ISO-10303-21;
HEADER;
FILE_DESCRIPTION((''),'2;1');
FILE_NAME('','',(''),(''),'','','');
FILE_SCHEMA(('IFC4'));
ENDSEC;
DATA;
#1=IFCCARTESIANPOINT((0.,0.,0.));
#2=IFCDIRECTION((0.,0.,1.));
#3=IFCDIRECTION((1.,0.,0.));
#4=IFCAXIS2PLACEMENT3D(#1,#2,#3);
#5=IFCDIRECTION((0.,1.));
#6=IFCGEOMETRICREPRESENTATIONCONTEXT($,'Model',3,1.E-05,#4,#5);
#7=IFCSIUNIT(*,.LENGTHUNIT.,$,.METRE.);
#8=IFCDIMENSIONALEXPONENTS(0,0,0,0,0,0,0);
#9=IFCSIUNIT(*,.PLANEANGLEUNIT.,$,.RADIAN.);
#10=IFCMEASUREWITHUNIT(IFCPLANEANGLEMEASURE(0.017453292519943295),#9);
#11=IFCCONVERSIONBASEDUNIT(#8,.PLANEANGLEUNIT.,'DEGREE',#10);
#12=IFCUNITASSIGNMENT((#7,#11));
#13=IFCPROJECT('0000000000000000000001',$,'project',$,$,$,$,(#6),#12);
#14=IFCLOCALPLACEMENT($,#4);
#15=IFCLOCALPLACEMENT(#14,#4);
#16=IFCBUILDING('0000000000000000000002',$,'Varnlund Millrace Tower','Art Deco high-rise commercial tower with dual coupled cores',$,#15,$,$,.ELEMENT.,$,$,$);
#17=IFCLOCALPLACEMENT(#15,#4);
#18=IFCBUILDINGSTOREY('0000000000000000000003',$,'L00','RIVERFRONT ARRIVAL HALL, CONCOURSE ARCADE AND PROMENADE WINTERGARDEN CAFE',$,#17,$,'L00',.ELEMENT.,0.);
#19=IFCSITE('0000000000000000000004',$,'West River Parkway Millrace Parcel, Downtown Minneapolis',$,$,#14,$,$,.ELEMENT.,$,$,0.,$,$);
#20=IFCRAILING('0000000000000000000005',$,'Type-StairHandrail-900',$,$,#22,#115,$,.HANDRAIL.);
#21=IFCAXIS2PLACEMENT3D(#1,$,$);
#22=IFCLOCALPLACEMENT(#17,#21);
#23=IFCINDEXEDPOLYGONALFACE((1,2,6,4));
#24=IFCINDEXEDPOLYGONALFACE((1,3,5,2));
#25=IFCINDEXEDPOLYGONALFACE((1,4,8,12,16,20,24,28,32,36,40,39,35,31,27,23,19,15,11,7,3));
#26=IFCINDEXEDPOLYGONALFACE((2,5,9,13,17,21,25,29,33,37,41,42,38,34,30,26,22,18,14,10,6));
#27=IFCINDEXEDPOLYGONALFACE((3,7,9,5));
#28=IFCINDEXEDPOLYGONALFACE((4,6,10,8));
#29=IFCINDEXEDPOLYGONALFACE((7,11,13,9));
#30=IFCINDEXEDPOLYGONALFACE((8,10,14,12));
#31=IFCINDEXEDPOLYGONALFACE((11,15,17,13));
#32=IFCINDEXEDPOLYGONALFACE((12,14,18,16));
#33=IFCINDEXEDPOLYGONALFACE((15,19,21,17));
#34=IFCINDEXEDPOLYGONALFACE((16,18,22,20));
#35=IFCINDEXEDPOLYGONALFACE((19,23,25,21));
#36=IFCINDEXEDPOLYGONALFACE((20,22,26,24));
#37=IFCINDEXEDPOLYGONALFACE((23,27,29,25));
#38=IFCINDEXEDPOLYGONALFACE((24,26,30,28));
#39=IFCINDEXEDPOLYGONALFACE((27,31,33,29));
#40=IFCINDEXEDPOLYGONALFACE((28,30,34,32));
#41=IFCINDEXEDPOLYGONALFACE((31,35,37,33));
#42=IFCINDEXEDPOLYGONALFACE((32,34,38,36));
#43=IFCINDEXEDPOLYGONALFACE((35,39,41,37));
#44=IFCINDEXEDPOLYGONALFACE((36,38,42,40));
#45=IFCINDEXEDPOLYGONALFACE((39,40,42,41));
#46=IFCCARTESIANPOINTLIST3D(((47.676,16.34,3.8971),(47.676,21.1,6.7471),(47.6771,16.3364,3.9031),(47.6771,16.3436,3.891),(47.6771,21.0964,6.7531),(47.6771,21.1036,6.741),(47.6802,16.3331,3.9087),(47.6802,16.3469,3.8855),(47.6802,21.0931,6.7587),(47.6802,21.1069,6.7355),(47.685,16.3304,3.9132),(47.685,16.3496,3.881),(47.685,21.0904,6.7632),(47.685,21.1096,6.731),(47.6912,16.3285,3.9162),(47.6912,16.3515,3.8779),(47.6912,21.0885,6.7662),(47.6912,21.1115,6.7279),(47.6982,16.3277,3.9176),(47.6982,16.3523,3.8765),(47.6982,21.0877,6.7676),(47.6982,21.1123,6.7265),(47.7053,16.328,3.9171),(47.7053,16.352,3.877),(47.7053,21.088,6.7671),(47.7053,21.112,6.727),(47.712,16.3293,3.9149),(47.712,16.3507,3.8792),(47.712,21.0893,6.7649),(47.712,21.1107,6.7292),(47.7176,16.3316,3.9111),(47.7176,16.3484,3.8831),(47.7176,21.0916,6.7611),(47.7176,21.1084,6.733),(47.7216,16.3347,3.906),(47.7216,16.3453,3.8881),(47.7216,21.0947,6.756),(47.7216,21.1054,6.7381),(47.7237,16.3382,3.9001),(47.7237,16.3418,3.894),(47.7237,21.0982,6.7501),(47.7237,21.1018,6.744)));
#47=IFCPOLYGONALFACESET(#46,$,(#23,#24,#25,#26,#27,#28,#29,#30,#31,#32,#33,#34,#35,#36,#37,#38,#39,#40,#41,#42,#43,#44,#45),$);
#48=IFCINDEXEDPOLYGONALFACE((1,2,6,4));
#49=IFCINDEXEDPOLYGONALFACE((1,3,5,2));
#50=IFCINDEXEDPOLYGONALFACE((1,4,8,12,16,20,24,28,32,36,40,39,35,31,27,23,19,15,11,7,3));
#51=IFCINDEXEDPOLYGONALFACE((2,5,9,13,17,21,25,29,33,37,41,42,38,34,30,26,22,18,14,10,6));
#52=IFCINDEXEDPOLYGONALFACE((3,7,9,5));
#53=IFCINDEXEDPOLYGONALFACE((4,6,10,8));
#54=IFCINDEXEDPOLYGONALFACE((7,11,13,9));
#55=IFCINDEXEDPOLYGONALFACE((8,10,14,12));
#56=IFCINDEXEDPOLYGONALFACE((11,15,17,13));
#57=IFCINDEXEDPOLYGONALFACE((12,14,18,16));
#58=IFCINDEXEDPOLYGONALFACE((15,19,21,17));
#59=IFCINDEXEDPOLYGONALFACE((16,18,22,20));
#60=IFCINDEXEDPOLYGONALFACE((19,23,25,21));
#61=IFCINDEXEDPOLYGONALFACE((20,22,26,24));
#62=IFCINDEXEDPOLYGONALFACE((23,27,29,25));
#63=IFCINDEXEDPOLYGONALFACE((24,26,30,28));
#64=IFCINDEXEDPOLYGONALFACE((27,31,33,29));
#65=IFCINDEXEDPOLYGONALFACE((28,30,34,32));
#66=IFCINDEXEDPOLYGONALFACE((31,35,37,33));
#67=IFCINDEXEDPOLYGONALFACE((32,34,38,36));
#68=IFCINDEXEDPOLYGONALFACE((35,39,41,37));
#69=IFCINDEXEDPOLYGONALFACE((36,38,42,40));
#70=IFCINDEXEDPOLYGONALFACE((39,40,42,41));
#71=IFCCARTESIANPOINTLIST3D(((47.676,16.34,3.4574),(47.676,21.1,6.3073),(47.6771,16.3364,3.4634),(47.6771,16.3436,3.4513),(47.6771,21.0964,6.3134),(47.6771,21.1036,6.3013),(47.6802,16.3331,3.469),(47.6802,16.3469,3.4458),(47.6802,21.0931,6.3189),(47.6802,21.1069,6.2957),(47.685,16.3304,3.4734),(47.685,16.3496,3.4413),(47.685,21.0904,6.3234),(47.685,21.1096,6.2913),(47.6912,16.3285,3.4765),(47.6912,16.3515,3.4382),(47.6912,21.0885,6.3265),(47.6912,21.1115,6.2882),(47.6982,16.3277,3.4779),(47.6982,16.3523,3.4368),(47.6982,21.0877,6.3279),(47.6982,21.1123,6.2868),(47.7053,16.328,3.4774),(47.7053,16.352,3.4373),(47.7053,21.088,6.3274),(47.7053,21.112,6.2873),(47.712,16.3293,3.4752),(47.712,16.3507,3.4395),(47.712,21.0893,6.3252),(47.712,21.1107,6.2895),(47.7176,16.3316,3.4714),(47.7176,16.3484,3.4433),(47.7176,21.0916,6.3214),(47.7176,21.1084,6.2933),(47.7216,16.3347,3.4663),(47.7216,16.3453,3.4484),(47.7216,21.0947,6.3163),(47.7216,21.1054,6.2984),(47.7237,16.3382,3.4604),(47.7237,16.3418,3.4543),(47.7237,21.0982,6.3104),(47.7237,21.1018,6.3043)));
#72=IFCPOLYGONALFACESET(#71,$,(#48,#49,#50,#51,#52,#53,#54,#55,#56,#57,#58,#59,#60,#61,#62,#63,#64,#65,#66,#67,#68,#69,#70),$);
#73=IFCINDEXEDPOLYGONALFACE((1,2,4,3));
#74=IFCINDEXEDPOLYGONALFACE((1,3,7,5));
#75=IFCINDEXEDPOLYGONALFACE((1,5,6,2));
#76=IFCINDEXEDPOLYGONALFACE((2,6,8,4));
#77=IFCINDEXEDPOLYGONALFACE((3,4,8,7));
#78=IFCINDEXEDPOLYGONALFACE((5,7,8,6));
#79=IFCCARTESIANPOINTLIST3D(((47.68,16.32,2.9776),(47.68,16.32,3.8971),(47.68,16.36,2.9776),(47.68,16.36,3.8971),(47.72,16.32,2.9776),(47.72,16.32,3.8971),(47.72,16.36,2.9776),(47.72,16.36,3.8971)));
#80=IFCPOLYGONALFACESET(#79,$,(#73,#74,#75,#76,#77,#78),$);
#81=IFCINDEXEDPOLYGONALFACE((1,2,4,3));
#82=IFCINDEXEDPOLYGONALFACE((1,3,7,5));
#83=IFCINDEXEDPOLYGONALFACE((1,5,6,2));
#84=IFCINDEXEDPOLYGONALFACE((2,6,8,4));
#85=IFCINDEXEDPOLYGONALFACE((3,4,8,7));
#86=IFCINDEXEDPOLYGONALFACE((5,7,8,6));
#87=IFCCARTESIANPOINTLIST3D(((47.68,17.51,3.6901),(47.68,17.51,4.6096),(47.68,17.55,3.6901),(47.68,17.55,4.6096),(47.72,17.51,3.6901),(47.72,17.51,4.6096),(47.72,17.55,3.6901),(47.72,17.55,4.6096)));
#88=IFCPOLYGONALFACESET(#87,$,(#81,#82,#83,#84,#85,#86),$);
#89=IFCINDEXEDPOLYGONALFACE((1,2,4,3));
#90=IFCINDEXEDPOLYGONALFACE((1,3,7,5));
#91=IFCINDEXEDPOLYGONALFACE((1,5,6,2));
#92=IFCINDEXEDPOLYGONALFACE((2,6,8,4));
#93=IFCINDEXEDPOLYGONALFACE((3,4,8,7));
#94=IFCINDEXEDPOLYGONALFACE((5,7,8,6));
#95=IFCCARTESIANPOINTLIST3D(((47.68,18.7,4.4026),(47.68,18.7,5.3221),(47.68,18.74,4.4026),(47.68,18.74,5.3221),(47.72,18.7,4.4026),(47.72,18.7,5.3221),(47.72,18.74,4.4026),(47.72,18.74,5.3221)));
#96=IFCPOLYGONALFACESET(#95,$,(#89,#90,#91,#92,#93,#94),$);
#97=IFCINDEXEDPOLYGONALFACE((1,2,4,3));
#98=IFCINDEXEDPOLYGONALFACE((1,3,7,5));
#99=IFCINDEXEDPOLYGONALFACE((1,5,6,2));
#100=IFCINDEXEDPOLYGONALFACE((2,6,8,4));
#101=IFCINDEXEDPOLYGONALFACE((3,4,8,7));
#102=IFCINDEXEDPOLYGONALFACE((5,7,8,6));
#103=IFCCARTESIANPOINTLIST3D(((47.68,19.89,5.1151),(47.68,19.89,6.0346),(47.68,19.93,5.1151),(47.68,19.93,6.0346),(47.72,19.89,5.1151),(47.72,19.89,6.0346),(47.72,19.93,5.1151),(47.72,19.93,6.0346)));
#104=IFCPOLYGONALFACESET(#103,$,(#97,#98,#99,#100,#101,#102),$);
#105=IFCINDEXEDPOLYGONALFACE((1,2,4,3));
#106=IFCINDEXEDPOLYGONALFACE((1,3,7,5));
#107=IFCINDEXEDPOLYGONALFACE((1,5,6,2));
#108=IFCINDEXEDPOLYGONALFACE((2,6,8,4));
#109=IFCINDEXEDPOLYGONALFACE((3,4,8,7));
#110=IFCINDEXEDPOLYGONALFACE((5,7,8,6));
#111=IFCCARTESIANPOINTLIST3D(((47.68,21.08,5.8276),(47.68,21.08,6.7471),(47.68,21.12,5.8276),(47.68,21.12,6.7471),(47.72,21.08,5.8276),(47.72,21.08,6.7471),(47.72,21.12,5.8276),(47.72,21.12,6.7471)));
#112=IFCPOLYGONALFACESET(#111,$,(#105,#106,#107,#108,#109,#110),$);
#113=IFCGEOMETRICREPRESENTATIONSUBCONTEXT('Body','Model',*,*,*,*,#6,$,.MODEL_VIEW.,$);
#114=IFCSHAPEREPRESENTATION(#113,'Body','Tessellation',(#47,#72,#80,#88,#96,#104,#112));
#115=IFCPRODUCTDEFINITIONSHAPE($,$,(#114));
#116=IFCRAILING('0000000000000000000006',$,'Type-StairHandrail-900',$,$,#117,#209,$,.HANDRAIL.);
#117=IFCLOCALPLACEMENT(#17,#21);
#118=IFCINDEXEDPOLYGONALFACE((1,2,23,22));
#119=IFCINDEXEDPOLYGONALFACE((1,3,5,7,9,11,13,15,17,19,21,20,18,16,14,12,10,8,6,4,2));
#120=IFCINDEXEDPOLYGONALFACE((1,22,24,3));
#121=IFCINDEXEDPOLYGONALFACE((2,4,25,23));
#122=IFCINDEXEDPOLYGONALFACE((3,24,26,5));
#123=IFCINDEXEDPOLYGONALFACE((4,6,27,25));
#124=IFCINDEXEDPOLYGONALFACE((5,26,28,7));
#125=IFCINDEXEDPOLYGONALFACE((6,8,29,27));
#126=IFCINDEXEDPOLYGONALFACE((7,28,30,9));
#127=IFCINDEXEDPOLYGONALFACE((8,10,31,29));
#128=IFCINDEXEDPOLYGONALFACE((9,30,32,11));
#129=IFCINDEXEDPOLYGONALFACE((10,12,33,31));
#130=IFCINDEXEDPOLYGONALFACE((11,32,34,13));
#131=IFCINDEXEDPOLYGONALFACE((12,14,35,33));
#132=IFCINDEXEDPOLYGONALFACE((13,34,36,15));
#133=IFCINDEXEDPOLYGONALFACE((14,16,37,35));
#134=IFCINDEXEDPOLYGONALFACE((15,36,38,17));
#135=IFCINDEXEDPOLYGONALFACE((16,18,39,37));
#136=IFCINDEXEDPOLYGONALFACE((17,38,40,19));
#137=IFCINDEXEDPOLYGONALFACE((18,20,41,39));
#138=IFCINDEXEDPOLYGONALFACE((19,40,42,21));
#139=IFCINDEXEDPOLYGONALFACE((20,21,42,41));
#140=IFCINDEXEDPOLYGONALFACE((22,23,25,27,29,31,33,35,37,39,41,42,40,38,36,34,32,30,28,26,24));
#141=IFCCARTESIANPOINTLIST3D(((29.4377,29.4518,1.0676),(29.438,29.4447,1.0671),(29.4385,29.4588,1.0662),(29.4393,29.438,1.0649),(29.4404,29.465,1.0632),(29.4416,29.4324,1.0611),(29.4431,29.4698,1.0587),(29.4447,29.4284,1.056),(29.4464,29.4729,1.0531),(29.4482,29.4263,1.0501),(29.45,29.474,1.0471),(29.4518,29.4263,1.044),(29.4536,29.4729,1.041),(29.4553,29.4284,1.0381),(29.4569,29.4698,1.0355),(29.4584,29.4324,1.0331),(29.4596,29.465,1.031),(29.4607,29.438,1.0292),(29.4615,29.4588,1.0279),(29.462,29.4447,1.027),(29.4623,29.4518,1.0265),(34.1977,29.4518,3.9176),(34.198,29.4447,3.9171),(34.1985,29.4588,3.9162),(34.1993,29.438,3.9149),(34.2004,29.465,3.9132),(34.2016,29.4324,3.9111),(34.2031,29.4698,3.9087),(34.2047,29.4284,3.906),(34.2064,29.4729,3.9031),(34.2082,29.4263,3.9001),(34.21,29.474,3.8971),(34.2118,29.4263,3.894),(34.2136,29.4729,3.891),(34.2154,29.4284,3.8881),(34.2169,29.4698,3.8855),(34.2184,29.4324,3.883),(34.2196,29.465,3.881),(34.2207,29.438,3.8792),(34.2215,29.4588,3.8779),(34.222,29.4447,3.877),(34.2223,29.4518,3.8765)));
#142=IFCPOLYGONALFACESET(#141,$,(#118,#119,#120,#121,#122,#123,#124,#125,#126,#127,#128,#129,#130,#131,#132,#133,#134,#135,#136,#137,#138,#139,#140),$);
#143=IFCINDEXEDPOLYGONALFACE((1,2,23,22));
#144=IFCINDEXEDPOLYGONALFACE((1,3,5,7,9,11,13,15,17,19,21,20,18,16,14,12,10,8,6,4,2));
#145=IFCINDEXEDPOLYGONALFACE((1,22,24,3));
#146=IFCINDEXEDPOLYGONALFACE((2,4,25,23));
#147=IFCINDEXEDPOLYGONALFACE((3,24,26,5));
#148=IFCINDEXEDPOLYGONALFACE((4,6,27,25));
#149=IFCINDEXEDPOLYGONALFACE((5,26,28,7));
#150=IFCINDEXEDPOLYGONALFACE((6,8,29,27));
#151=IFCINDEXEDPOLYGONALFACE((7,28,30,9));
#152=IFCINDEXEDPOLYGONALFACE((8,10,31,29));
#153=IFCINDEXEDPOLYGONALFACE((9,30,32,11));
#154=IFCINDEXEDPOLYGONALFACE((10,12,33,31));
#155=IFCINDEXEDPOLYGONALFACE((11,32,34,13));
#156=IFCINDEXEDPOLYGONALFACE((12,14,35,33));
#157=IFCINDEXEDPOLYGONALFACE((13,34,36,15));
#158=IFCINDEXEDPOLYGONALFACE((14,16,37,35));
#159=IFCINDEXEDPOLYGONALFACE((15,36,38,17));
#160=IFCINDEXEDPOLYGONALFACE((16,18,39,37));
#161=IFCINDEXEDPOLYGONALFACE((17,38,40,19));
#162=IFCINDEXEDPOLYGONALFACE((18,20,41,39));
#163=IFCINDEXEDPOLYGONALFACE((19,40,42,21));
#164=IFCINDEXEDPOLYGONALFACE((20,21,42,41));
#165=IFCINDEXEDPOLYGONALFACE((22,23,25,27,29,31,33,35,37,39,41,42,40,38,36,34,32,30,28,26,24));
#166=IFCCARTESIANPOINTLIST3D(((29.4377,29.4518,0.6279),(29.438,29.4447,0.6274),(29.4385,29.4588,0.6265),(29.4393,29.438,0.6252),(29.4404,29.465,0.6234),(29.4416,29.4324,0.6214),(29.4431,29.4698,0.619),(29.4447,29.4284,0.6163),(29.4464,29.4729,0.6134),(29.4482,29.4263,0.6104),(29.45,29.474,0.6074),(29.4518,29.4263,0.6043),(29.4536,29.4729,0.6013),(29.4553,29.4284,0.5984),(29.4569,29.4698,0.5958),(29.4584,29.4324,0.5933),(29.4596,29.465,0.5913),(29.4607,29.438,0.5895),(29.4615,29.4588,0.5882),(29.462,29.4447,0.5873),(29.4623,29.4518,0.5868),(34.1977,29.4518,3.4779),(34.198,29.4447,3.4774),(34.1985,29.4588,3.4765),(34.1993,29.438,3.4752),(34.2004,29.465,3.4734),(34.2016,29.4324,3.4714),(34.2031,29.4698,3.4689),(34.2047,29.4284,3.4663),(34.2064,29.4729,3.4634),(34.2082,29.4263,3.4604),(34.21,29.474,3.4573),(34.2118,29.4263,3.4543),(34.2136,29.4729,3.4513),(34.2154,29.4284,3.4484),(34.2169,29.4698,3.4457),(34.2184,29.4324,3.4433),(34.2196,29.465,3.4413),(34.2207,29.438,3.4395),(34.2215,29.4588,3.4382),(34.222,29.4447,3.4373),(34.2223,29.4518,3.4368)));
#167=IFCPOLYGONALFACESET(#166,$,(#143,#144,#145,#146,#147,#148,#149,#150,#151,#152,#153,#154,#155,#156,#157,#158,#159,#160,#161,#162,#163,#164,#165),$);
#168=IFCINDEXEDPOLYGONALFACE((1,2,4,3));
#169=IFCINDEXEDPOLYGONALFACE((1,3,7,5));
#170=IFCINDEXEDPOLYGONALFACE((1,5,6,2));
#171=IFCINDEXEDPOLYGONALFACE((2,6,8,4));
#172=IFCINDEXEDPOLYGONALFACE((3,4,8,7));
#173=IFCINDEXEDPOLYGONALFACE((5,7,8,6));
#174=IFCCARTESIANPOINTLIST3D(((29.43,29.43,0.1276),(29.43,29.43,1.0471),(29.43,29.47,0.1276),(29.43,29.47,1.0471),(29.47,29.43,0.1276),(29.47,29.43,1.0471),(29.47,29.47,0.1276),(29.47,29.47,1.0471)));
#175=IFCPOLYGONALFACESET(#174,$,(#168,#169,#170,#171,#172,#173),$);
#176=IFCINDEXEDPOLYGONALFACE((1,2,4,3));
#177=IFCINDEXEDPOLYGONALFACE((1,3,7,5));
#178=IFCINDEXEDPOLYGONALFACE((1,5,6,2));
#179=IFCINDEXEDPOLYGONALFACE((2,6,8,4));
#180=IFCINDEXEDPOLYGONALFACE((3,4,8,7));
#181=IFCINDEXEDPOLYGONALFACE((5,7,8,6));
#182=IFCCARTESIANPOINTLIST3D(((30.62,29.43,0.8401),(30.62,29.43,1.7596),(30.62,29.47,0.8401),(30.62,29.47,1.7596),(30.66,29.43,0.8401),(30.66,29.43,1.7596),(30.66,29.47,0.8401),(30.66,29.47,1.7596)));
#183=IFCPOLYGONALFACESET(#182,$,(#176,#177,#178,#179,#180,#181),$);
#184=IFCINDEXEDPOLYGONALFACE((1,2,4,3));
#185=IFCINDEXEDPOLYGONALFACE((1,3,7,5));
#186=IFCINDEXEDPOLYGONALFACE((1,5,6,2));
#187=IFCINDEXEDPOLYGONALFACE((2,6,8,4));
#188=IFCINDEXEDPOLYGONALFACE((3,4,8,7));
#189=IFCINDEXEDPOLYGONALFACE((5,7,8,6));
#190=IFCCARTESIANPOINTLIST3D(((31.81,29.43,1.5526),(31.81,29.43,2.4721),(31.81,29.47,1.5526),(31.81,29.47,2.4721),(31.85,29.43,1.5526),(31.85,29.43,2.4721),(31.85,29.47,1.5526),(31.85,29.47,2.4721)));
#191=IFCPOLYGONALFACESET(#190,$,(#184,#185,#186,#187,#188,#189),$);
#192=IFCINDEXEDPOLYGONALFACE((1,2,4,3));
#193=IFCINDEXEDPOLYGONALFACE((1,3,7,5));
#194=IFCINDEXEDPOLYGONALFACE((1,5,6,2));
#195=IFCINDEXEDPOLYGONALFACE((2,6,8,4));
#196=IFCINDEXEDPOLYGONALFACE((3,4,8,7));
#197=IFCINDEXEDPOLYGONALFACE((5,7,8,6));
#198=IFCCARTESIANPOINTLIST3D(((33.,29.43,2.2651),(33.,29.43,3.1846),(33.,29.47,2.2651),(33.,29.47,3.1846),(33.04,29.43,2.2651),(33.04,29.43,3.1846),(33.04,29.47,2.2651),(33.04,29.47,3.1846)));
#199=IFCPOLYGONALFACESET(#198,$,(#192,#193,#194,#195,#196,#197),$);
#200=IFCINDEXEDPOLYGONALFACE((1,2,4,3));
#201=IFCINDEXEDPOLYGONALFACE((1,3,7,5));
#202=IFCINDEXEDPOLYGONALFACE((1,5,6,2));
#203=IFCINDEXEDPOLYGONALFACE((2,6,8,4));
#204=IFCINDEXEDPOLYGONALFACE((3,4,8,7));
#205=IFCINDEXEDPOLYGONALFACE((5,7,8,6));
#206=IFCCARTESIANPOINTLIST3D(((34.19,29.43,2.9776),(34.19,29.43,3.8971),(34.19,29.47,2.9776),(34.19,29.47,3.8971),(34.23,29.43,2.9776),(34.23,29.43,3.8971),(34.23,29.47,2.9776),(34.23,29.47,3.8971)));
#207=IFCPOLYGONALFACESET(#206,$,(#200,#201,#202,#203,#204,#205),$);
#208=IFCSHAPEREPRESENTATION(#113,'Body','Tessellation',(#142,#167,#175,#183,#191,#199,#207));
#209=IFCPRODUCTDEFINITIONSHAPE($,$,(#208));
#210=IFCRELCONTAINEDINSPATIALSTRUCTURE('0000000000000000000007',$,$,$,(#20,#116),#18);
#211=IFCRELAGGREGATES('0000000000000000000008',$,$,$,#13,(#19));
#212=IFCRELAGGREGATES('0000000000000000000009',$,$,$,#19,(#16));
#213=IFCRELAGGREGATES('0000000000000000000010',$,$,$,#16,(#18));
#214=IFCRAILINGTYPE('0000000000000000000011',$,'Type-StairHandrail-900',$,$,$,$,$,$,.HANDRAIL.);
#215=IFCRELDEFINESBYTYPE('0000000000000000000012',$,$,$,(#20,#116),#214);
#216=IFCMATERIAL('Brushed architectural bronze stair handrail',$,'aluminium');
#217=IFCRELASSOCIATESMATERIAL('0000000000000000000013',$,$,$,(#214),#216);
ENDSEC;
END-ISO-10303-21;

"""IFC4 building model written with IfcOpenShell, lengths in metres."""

from ifc_helpers import new_model, entity, si_unit, converted_unit, direction, frame, origin_with_axes, origin_2d_with_axis, place, context, subcontext, project, spatial, rectangle, circle, extrude, material, type_object, element, save


model = new_model("IFC4")

# Units and contexts
model_context = context("Model", 3, precision=1e-05, world=origin_with_axes(), true_north=direction((0.0, 1.0)))
body_context = subcontext(model_context, "Body", "Model", "MODEL_VIEW")
ifc_project = project(units=[si_unit("LENGTHUNIT", "METRE"), converted_unit("PLANEANGLEUNIT", "DEGREE", entity("IfcPlaneAngleMeasure", 0.017453292519943295), si_unit("PLANEANGLEUNIT", "RADIAN"), dimensions=[0, 0, 0, 0, 0, 0, 0])], contexts=[model_context])

# Site, building, storey
site_placement = place(None, origin_with_axes())
site = spatial("IfcSite", under=ifc_project, at=site_placement, Name="West River Parkway Millrace Parcel, Downtown Minneapolis", CompositionType="ELEMENT", RefElevation=0.0)
building_placement = place(site_placement, origin_with_axes())
building = spatial("IfcBuilding", under=site, at=building_placement, Name="Varnlund Millrace Tower", Description="Art Deco high-rise commercial tower with dual coupled cores", CompositionType="ELEMENT")
storey_placement = place(building_placement, origin_with_axes())
storey = spatial("IfcBuildingStorey", under=building, at=storey_placement, Name="L00", Description="RIVERFRONT ARRIVAL HALL, CONCOURSE ARCADE AND PROMENADE WINTERGARDEN CAFE", LongName="L00", CompositionType="ELEMENT", Elevation=0.0)

# Railings
ifc_material_1 = material(Name="Brushed architectural bronze stair handrail", Category="aluminium")
railing_type_1 = type_object("IfcRailingType", Name="Type-StairHandrail-900", PredefinedType="HANDRAIL", material=ifc_material_1)
railing_1_placement = place(storey_placement, origin_with_axes())
element("IfcRailing", 1, at=railing_1_placement, inside=storey, type_object=railing_type_1, Name="Type-StairHandrail-900", PredefinedType="HANDRAIL", context=body_context, shape_type="SweptSolid", body=[
    extrude(circle(Radius=0.024, at=origin_2d_with_axis()), frame((47.7, 16.34, 3.8971), z_axis=(0.0, 0.85797, 0.5137), x_axis=(-1.0, 0.0, 0.0)), (0.0, 0.0, 1.0), 5.548),
    extrude(circle(Radius=0.024, at=origin_2d_with_axis()), frame((47.7, 16.34, 3.4574), z_axis=(0.0, 0.85797, 0.5137), x_axis=(-1.0, 0.0, 0.0)), (0.0, 0.0, 1.0), 5.548),
    extrude(rectangle(XDim=0.04, YDim=0.04, at=origin_2d_with_axis()), frame((47.7, 16.34, 2.9776), z_axis=(0.0, 0.0, 1.0), x_axis=(1.0, 0.0, 0.0)), (0.0, 0.0, 1.0), 0.9194),
    extrude(rectangle(XDim=0.04, YDim=0.04, at=origin_2d_with_axis()), frame((47.7, 17.53, 3.6901), z_axis=(0.0, 0.0, 1.0), x_axis=(1.0, 0.0, 0.0)), (0.0, 0.0, 1.0), 0.9194),
    extrude(rectangle(XDim=0.04, YDim=0.04, at=origin_2d_with_axis()), frame((47.7, 18.72, 4.4026), z_axis=(0.0, 0.0, 1.0), x_axis=(1.0, 0.0, 0.0)), (0.0, 0.0, 1.0), 0.9194),
    extrude(rectangle(XDim=0.04, YDim=0.04, at=origin_2d_with_axis()), frame((47.7, 19.91, 5.1151), z_axis=(0.0, 0.0, 1.0), x_axis=(1.0, 0.0, 0.0)), (0.0, 0.0, 1.0), 0.9194),
    extrude(rectangle(XDim=0.04, YDim=0.04, at=origin_2d_with_axis()), frame((47.7, 21.1, 5.8276), z_axis=(0.0, 0.0, 1.0), x_axis=(1.0, 0.0, 0.0)), (0.0, 0.0, 1.0), 0.9194),
])
railing_2_placement = place(storey_placement, origin_with_axes())
element("IfcRailing", 2, at=railing_2_placement, inside=storey, type_object=railing_type_1, Name="Type-StairHandrail-900", PredefinedType="HANDRAIL", context=body_context, shape_type="SweptSolid", body=[
    extrude(circle(Radius=0.024, at=origin_2d_with_axis()), frame((29.45, 29.45, 1.0471), z_axis=(0.85797, 0.0, 0.5137), x_axis=(0.0, 1.0, 0.0)), (0.0, 0.0, 1.0), 5.548),
    extrude(circle(Radius=0.024, at=origin_2d_with_axis()), frame((29.45, 29.45, 0.6074), z_axis=(0.85797, 0.0, 0.5137), x_axis=(0.0, 1.0, 0.0)), (0.0, 0.0, 1.0), 5.548),
    extrude(rectangle(XDim=0.04, YDim=0.04, at=origin_2d_with_axis()), frame((29.45, 29.45, 0.1276), z_axis=(0.0, 0.0, 1.0), x_axis=(1.0, 0.0, 0.0)), (0.0, 0.0, 1.0), 0.9194),
    extrude(rectangle(XDim=0.04, YDim=0.04, at=origin_2d_with_axis()), frame((30.64, 29.45, 0.8401), z_axis=(0.0, 0.0, 1.0), x_axis=(1.0, 0.0, 0.0)), (0.0, 0.0, 1.0), 0.9194),
    extrude(rectangle(XDim=0.04, YDim=0.04, at=origin_2d_with_axis()), frame((31.83, 29.45, 1.5526), z_axis=(0.0, 0.0, 1.0), x_axis=(1.0, 0.0, 0.0)), (0.0, 0.0, 1.0), 0.9194),
    extrude(rectangle(XDim=0.04, YDim=0.04, at=origin_2d_with_axis()), frame((33.02, 29.45, 2.2651), z_axis=(0.0, 0.0, 1.0), x_axis=(1.0, 0.0, 0.0)), (0.0, 0.0, 1.0), 0.9194),
    extrude(rectangle(XDim=0.04, YDim=0.04, at=origin_2d_with_axis()), frame((34.21, 29.45, 2.9776), z_axis=(0.0, 0.0, 1.0), x_axis=(1.0, 0.0, 0.0)), (0.0, 0.0, 1.0), 0.9194),
])

save(model, "model.ifc")
